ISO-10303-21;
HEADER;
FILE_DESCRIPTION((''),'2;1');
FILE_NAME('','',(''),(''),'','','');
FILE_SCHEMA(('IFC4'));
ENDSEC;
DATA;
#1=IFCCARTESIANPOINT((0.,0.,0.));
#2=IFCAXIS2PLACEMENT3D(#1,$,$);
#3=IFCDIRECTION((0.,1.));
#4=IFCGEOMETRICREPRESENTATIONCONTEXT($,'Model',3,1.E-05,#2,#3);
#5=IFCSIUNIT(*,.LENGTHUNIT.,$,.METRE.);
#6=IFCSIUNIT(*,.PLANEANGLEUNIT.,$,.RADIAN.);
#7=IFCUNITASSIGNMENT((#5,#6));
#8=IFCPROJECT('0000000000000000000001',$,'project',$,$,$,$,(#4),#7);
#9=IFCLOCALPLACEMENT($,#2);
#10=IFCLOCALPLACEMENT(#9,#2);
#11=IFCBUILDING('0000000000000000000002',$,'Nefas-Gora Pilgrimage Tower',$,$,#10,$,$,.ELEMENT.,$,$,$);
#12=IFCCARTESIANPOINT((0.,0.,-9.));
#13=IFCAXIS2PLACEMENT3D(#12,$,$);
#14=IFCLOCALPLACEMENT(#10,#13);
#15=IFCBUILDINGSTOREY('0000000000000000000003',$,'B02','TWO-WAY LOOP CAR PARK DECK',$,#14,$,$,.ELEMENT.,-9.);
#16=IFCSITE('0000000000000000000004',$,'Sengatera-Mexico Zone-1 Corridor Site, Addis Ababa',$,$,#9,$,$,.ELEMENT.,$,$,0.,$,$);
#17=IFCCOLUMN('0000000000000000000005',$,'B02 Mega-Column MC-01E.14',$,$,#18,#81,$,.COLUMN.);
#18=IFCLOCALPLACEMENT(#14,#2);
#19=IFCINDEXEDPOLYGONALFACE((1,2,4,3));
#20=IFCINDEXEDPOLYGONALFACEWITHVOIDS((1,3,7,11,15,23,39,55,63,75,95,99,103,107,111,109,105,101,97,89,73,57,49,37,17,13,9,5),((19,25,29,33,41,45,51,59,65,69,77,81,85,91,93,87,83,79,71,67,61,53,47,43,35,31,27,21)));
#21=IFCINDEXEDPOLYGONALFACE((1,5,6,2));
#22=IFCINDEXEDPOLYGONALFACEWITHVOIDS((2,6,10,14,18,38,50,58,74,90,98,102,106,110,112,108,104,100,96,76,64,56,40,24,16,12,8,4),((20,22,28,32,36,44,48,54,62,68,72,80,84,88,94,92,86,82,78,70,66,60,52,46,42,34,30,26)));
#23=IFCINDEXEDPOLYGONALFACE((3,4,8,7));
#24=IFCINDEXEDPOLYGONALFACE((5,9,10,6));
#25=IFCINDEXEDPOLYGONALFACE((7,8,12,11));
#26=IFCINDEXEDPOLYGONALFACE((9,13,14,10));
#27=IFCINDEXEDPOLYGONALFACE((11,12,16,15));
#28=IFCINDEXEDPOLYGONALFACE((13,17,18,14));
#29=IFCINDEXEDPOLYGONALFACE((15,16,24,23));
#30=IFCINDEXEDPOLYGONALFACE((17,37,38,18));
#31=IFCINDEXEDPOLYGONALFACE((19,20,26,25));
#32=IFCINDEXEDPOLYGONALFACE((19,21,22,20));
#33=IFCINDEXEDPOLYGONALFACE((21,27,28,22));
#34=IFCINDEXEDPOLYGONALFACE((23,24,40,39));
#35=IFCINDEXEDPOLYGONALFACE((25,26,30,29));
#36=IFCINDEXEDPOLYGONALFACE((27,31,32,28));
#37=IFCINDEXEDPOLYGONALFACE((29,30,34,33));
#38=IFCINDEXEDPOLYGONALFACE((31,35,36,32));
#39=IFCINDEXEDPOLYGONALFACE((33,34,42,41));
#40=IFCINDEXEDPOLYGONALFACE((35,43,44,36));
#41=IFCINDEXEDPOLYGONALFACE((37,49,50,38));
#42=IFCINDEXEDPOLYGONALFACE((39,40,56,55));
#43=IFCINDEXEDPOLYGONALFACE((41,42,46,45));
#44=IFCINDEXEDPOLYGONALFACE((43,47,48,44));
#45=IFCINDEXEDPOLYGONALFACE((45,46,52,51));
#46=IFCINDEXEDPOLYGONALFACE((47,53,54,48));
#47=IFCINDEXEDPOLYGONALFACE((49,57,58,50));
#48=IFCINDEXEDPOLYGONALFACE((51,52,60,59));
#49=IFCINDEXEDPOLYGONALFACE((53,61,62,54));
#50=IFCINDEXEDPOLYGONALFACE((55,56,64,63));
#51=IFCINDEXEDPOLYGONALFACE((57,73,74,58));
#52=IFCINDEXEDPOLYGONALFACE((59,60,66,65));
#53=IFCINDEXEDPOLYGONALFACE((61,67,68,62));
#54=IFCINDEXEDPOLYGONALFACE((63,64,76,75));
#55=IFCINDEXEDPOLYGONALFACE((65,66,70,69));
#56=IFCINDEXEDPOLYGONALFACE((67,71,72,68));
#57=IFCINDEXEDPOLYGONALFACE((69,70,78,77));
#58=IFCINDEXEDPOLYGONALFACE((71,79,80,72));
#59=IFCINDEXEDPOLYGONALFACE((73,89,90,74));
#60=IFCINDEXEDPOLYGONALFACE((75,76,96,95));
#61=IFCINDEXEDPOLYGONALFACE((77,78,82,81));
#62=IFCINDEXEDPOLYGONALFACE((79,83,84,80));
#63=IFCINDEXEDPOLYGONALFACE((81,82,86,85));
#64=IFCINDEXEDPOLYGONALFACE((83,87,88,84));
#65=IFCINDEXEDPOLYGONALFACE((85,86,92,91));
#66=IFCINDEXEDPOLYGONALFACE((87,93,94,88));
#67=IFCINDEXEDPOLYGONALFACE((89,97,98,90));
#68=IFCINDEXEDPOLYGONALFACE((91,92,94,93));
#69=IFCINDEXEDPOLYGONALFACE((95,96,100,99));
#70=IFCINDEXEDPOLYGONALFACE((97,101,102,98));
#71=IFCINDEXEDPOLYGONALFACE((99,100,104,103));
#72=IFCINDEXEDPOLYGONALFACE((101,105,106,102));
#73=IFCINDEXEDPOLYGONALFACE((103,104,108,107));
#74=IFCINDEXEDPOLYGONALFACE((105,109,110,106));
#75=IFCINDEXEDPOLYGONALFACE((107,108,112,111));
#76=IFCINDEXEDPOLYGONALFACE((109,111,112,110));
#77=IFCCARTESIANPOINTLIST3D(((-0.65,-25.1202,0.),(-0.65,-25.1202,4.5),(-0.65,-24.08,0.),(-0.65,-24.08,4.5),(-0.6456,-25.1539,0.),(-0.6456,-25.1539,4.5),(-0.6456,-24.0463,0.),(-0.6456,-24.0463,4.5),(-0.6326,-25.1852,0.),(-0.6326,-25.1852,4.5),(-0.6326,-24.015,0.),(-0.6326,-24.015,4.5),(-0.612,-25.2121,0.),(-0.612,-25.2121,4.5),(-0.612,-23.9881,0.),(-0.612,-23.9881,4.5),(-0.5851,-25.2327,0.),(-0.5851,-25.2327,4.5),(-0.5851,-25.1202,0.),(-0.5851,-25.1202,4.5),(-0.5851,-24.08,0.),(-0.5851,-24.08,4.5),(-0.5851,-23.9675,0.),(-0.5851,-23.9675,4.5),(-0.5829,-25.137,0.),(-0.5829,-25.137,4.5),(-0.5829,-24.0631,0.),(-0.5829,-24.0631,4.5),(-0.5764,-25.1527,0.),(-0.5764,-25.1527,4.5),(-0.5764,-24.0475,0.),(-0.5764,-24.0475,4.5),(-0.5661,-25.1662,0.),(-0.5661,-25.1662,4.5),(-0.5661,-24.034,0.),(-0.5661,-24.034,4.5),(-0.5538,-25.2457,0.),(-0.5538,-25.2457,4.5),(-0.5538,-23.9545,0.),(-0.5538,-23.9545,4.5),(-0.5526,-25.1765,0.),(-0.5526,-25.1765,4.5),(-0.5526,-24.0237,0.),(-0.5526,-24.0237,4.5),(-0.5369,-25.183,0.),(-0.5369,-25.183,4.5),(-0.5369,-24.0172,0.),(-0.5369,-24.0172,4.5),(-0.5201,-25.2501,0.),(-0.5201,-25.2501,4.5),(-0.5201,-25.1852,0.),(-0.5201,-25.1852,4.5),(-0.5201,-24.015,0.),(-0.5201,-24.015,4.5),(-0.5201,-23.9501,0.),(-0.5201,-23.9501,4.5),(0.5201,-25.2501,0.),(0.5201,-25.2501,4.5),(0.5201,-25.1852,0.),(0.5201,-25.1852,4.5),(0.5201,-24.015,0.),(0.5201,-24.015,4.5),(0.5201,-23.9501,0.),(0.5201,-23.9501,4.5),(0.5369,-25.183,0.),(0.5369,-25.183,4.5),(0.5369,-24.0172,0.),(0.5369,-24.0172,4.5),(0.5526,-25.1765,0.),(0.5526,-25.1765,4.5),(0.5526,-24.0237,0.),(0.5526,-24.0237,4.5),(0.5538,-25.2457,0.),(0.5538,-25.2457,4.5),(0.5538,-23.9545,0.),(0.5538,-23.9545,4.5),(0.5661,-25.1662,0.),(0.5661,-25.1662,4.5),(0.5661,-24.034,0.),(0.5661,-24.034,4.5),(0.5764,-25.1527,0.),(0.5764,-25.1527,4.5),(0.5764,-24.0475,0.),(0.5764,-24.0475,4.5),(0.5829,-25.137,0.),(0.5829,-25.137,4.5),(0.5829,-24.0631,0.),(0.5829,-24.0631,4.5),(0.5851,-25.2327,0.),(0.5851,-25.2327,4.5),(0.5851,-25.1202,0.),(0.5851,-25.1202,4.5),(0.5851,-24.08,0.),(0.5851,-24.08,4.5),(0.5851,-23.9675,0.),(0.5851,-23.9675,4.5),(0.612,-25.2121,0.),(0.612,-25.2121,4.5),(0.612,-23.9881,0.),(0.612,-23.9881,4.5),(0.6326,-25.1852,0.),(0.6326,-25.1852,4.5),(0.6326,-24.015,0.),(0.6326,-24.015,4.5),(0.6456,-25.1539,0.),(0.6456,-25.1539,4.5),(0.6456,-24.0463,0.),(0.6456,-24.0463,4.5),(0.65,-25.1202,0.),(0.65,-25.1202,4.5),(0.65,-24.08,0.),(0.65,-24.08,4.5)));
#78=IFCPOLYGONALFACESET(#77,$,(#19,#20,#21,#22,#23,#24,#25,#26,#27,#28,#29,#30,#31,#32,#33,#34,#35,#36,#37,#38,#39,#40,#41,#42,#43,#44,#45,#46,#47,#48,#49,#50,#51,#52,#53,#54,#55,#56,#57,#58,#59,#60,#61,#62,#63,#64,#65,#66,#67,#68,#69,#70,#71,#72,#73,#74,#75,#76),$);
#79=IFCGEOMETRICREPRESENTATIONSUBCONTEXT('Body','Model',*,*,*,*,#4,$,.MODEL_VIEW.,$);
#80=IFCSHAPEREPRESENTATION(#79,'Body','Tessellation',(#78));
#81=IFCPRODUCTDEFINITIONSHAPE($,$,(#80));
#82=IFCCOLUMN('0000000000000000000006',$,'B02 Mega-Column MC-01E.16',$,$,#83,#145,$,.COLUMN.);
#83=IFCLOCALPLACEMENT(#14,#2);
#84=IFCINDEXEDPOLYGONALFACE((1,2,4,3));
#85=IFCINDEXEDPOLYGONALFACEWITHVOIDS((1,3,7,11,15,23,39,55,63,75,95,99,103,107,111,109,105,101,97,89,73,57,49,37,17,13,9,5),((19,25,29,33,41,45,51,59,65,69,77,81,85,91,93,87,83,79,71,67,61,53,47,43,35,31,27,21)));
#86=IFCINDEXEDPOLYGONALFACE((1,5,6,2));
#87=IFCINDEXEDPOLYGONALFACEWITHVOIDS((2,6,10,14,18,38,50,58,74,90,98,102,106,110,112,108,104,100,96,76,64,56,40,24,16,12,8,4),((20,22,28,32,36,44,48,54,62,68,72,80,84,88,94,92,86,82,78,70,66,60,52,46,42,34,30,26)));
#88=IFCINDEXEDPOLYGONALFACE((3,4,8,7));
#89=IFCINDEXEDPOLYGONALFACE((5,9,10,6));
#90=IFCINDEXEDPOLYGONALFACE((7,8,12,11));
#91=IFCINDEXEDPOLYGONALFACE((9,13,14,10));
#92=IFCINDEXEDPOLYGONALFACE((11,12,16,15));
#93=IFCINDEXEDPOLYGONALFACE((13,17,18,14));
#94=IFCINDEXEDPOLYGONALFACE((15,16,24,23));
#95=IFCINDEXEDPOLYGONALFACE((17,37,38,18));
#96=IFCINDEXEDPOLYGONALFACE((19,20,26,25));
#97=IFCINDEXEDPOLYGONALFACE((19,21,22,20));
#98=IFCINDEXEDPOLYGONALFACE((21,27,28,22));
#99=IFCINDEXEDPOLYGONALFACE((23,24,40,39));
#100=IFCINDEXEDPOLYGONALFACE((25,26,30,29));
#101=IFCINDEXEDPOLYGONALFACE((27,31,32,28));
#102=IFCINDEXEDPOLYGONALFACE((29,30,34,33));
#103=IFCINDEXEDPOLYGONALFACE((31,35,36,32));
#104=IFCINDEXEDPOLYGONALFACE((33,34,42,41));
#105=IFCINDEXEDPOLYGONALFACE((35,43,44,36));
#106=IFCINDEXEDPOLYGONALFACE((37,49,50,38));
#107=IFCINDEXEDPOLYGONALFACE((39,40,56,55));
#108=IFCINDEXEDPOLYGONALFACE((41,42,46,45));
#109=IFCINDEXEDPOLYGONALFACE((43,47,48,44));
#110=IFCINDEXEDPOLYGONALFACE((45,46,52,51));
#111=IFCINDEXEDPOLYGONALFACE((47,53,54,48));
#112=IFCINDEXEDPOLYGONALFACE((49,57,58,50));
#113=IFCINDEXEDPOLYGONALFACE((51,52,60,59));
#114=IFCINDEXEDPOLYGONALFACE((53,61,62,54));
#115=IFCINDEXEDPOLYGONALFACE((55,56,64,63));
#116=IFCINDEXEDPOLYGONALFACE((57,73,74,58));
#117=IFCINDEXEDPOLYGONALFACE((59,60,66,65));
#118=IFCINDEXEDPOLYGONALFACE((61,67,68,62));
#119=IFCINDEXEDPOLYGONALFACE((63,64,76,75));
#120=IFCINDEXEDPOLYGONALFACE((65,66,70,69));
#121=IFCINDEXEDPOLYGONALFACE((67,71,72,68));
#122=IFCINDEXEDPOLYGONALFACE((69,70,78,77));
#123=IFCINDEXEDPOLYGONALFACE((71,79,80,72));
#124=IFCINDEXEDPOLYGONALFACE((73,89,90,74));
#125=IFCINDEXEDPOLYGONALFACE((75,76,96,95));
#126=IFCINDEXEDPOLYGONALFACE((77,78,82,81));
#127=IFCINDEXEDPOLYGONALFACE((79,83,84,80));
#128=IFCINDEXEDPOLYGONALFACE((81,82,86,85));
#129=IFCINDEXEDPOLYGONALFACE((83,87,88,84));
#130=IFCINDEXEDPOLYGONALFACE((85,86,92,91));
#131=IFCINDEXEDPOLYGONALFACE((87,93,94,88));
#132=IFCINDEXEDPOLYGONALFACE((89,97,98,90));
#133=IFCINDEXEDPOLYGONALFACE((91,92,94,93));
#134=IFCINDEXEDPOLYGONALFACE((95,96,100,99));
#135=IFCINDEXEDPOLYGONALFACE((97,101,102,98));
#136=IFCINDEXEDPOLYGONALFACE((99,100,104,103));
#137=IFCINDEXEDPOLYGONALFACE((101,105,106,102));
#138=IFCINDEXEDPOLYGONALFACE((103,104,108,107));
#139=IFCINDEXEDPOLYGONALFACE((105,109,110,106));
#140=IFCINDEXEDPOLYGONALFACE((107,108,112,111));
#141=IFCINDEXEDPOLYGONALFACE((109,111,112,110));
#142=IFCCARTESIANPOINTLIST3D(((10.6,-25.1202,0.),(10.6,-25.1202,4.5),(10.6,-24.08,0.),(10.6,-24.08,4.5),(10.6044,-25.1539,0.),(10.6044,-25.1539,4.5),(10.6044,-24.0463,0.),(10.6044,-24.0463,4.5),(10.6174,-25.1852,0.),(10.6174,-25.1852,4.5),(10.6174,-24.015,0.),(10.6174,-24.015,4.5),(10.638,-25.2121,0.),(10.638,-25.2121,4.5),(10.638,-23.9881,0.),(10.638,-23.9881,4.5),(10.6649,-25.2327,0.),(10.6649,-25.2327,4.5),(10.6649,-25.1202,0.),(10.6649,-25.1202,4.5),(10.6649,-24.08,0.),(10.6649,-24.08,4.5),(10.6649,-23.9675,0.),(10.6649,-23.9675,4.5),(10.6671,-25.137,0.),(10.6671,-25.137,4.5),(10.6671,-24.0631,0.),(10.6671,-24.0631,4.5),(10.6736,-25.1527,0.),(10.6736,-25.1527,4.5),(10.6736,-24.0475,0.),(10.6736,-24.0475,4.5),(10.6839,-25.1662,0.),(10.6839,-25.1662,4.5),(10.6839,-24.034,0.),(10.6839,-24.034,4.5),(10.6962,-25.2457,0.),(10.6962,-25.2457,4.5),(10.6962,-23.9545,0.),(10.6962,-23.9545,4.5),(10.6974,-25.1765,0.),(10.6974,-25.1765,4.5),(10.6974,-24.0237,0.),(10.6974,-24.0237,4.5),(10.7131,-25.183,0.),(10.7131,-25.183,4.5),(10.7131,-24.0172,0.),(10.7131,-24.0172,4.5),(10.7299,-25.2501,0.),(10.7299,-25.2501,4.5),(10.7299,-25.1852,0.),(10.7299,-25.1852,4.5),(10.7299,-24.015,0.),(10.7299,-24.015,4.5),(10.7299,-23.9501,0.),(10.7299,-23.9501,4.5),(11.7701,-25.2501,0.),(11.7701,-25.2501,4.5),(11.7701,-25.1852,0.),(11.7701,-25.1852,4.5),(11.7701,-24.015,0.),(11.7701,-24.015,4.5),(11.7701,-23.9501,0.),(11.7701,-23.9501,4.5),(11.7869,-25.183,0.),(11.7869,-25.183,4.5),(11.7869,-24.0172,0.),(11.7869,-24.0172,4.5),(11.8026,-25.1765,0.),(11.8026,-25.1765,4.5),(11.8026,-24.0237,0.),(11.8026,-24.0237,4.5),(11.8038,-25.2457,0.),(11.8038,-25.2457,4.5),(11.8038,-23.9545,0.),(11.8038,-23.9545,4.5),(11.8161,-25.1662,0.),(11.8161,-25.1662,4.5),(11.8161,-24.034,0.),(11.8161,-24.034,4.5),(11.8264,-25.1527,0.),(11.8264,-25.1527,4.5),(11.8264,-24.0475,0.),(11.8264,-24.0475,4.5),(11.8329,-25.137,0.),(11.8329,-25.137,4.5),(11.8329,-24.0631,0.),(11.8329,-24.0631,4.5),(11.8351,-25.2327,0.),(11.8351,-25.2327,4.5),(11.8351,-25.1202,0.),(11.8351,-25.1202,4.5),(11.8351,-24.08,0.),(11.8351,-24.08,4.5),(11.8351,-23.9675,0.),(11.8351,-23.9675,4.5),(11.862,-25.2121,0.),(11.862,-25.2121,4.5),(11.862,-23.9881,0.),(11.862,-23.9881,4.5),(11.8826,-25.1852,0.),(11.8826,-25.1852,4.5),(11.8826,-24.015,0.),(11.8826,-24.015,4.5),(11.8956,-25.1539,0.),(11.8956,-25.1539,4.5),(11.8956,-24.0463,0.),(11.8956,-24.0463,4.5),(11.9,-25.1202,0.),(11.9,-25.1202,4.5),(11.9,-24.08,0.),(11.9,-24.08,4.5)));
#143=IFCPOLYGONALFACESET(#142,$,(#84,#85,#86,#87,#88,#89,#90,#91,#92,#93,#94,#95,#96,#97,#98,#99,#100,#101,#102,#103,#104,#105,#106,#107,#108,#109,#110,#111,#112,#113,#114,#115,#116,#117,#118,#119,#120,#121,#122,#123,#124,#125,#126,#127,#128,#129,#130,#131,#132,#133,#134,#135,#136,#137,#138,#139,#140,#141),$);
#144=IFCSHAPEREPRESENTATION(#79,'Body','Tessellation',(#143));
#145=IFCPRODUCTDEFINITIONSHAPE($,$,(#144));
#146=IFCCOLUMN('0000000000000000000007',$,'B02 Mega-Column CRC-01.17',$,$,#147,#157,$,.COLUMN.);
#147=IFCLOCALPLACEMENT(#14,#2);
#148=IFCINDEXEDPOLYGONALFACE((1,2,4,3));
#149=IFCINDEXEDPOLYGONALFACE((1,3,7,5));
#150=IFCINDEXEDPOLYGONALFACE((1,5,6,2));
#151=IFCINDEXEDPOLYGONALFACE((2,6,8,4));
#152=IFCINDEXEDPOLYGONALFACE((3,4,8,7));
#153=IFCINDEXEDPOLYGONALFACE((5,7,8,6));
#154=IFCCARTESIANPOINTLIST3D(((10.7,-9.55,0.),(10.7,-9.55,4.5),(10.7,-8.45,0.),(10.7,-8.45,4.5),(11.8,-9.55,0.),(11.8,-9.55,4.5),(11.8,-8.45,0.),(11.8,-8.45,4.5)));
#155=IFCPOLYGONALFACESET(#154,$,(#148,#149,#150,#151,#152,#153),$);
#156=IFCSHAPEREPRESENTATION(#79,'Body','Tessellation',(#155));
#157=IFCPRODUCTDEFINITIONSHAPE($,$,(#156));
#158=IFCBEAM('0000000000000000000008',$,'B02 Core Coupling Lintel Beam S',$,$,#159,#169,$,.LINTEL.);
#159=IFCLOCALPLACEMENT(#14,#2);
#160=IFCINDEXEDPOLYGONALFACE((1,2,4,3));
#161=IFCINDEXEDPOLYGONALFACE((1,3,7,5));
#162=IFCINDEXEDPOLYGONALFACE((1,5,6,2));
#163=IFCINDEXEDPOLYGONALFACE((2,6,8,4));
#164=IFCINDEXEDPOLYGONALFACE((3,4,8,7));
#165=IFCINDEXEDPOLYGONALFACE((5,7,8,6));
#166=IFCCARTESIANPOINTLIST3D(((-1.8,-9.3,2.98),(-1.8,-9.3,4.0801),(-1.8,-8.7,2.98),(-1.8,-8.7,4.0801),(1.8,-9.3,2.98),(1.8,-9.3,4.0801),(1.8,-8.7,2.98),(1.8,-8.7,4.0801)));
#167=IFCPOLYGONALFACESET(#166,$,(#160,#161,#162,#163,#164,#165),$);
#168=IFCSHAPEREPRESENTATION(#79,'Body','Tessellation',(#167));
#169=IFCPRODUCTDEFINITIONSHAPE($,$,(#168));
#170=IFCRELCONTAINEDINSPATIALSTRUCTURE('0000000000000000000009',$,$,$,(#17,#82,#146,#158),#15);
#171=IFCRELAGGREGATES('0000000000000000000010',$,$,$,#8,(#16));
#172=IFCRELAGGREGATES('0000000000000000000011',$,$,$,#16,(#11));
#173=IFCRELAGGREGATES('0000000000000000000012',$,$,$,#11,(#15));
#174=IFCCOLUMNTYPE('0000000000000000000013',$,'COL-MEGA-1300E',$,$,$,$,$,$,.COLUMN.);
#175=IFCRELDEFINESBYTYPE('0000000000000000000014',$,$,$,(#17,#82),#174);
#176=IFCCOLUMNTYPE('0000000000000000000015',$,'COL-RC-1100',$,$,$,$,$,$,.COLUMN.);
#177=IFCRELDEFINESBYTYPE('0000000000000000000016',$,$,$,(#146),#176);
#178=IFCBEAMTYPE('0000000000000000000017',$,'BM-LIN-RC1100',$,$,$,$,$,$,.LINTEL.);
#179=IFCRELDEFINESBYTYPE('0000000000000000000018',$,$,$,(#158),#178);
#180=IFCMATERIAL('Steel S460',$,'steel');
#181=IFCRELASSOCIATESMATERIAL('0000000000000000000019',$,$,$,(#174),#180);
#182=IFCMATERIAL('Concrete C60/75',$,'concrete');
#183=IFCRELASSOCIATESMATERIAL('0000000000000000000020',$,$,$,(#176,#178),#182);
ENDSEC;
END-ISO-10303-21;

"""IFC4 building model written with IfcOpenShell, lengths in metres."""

from ifc_helpers import new_model, si_unit, direction, frame, origin, origin_2d, place, context, subcontext, project, spatial, rectangle, hollow_rectangle, extrude, source, transform, mapped, material, material_profile, profile_set, type_object, element, save


model = new_model("IFC4")

# Units and contexts
model_context = context("Model", 3, precision=1e-05, world=origin(), true_north=direction((0.0, 1.0)))
body_context = subcontext(model_context, "Body", "Model", "MODEL_VIEW")
ifc_project = project(units=[si_unit("LENGTHUNIT", "METRE"), si_unit("PLANEANGLEUNIT", "RADIAN")], contexts=[model_context])

# Site, building, storey
site_placement = place(None, origin())
site = spatial("IfcSite", under=ifc_project, at=site_placement, Name="Sengatera-Mexico Zone-1 Corridor Site, Addis Ababa", CompositionType="ELEMENT", RefElevation=0.0)
building_placement = place(site_placement, origin())
building = spatial("IfcBuilding", under=site, at=building_placement, Name="Nefas-Gora Pilgrimage Tower", CompositionType="ELEMENT")
storey_placement = place(building_placement, frame((0.0, 0.0, -9.0)))
storey = spatial("IfcBuildingStorey", under=building, at=storey_placement, Name="B02", Description="TWO-WAY LOOP CAR PARK DECK", CompositionType="ELEMENT", Elevation=-9.0)

# Columns
ifc_material_1 = material(Name="Steel S460", Category="steel")
ifc_material_profile_1 = material_profile(ifc_material_1, hollow_rectangle(XDim=1.3, YDim=1.3, WallThickness=0.0649, InnerFilletRadius=0.0649, OuterFilletRadius=0.1299, at=origin_2d()), Name="BOX 1300x1300x65")
ifc_profile_set_1 = profile_set([ifc_material_profile_1], Name="Steel S460")
column_type_1 = type_object("IfcColumnType", Name="COL-MEGA-1300E", PredefinedType="COLUMN", material=ifc_profile_set_1)
shared_shape_1 = source(origin(), body_context, "Body", "SweptSolid", [
    extrude(hollow_rectangle(XDim=1.3, YDim=1.3, WallThickness=0.0649, InnerFilletRadius=0.0649, OuterFilletRadius=0.1299, at=origin_2d()), origin(), (0.0, 0.0, 1.0), 4.5),
])
for number, where, z_axis, x_axis, name in (
    (1, (0.0, -24.6001, 0.0), (0.0, 0.0, 1.0), (1.0, 0.0, 0.0), "B02 Mega-Column MC-01E.14"),
    (2, (11.25, -24.6001, 0.0), (0.0, 0.0, 1.0), (1.0, 0.0, 0.0), "B02 Mega-Column MC-01E.16"),
):
    element("IfcColumn", number, at=place(storey_placement, frame(where, z_axis=z_axis, x_axis=x_axis)), inside=storey, type_object=column_type_1, Name=name, PredefinedType="COLUMN", context=body_context, shape_type="MappedRepresentation", body=[
        mapped(shared_shape_1, transform((0.0, 0.0, 0.0), x_axis=(1.0, 0.0, 0.0), y_axis=(0.0, 1.0, 0.0), z_axis=(0.0, 0.0, 1.0), scale=1.0)),
    ])
ifc_material_2 = material(Name="Concrete C60/75", Category="concrete")
ifc_material_profile_2 = material_profile(ifc_material_2, rectangle(XDim=1.1001, YDim=1.1001, at=origin_2d()), Name="RC 1100x1100")
ifc_profile_set_2 = profile_set([ifc_material_profile_2], Name="Concrete C60/75")
column_type_2 = type_object("IfcColumnType", Name="COL-RC-1100", PredefinedType="COLUMN", material=ifc_profile_set_2)
shared_shape_2 = source(origin(), body_context, "Body", "SweptSolid", [
    extrude(rectangle(XDim=1.1001, YDim=1.1001, at=origin_2d()), origin(), (0.0, 0.0, 1.0), 4.5),
])
column_placement = place(storey_placement, frame((11.25, -9.0, 0.0), z_axis=(0.0, 0.0, 1.0), x_axis=(1.0, 0.0, 0.0)))
element("IfcColumn", 3, at=column_placement, inside=storey, type_object=column_type_2, Name="B02 Mega-Column CRC-01.17", PredefinedType="COLUMN", context=body_context, shape_type="MappedRepresentation", body=[
    mapped(shared_shape_2, transform((0.0, 0.0, 0.0), x_axis=(1.0, 0.0, 0.0), y_axis=(0.0, 1.0, 0.0), z_axis=(0.0, 0.0, 1.0), scale=1.0)),
])

# Beam
ifc_material_profile_3 = material_profile(ifc_material_2, rectangle(XDim=0.6001, YDim=1.1001, at=origin_2d()), Name="RC 600x1100")
ifc_profile_set_3 = profile_set([ifc_material_profile_3], Name="Concrete C60/75")
beam_type_1 = type_object("IfcBeamType", Name="BM-LIN-RC1100", PredefinedType="LINTEL", material=ifc_profile_set_3)
shared_shape_3 = source(origin(), body_context, "Body", "SweptSolid", [
    extrude(rectangle(XDim=0.6001, YDim=1.1001, at=origin_2d()), origin(), (0.0, 0.0, 1.0), 3.6001),
])
beam_1_placement = place(storey_placement, frame((-1.8, -9.0, 3.53), z_axis=(1.0, 0.0, 0.0), x_axis=(0.0, 1.0, 0.0)))
element("IfcBeam", 4, at=beam_1_placement, inside=storey, type_object=beam_type_1, Name="B02 Core Coupling Lintel Beam S", PredefinedType="LINTEL", context=body_context, shape_type="MappedRepresentation", body=[
    mapped(shared_shape_3, transform((0.0, 0.0, 0.0), x_axis=(1.0, 0.0, 0.0), y_axis=(0.0, 1.0, 0.0), z_axis=(0.0, 0.0, 1.0), scale=1.0)),
])

save(model, "model.ifc")
